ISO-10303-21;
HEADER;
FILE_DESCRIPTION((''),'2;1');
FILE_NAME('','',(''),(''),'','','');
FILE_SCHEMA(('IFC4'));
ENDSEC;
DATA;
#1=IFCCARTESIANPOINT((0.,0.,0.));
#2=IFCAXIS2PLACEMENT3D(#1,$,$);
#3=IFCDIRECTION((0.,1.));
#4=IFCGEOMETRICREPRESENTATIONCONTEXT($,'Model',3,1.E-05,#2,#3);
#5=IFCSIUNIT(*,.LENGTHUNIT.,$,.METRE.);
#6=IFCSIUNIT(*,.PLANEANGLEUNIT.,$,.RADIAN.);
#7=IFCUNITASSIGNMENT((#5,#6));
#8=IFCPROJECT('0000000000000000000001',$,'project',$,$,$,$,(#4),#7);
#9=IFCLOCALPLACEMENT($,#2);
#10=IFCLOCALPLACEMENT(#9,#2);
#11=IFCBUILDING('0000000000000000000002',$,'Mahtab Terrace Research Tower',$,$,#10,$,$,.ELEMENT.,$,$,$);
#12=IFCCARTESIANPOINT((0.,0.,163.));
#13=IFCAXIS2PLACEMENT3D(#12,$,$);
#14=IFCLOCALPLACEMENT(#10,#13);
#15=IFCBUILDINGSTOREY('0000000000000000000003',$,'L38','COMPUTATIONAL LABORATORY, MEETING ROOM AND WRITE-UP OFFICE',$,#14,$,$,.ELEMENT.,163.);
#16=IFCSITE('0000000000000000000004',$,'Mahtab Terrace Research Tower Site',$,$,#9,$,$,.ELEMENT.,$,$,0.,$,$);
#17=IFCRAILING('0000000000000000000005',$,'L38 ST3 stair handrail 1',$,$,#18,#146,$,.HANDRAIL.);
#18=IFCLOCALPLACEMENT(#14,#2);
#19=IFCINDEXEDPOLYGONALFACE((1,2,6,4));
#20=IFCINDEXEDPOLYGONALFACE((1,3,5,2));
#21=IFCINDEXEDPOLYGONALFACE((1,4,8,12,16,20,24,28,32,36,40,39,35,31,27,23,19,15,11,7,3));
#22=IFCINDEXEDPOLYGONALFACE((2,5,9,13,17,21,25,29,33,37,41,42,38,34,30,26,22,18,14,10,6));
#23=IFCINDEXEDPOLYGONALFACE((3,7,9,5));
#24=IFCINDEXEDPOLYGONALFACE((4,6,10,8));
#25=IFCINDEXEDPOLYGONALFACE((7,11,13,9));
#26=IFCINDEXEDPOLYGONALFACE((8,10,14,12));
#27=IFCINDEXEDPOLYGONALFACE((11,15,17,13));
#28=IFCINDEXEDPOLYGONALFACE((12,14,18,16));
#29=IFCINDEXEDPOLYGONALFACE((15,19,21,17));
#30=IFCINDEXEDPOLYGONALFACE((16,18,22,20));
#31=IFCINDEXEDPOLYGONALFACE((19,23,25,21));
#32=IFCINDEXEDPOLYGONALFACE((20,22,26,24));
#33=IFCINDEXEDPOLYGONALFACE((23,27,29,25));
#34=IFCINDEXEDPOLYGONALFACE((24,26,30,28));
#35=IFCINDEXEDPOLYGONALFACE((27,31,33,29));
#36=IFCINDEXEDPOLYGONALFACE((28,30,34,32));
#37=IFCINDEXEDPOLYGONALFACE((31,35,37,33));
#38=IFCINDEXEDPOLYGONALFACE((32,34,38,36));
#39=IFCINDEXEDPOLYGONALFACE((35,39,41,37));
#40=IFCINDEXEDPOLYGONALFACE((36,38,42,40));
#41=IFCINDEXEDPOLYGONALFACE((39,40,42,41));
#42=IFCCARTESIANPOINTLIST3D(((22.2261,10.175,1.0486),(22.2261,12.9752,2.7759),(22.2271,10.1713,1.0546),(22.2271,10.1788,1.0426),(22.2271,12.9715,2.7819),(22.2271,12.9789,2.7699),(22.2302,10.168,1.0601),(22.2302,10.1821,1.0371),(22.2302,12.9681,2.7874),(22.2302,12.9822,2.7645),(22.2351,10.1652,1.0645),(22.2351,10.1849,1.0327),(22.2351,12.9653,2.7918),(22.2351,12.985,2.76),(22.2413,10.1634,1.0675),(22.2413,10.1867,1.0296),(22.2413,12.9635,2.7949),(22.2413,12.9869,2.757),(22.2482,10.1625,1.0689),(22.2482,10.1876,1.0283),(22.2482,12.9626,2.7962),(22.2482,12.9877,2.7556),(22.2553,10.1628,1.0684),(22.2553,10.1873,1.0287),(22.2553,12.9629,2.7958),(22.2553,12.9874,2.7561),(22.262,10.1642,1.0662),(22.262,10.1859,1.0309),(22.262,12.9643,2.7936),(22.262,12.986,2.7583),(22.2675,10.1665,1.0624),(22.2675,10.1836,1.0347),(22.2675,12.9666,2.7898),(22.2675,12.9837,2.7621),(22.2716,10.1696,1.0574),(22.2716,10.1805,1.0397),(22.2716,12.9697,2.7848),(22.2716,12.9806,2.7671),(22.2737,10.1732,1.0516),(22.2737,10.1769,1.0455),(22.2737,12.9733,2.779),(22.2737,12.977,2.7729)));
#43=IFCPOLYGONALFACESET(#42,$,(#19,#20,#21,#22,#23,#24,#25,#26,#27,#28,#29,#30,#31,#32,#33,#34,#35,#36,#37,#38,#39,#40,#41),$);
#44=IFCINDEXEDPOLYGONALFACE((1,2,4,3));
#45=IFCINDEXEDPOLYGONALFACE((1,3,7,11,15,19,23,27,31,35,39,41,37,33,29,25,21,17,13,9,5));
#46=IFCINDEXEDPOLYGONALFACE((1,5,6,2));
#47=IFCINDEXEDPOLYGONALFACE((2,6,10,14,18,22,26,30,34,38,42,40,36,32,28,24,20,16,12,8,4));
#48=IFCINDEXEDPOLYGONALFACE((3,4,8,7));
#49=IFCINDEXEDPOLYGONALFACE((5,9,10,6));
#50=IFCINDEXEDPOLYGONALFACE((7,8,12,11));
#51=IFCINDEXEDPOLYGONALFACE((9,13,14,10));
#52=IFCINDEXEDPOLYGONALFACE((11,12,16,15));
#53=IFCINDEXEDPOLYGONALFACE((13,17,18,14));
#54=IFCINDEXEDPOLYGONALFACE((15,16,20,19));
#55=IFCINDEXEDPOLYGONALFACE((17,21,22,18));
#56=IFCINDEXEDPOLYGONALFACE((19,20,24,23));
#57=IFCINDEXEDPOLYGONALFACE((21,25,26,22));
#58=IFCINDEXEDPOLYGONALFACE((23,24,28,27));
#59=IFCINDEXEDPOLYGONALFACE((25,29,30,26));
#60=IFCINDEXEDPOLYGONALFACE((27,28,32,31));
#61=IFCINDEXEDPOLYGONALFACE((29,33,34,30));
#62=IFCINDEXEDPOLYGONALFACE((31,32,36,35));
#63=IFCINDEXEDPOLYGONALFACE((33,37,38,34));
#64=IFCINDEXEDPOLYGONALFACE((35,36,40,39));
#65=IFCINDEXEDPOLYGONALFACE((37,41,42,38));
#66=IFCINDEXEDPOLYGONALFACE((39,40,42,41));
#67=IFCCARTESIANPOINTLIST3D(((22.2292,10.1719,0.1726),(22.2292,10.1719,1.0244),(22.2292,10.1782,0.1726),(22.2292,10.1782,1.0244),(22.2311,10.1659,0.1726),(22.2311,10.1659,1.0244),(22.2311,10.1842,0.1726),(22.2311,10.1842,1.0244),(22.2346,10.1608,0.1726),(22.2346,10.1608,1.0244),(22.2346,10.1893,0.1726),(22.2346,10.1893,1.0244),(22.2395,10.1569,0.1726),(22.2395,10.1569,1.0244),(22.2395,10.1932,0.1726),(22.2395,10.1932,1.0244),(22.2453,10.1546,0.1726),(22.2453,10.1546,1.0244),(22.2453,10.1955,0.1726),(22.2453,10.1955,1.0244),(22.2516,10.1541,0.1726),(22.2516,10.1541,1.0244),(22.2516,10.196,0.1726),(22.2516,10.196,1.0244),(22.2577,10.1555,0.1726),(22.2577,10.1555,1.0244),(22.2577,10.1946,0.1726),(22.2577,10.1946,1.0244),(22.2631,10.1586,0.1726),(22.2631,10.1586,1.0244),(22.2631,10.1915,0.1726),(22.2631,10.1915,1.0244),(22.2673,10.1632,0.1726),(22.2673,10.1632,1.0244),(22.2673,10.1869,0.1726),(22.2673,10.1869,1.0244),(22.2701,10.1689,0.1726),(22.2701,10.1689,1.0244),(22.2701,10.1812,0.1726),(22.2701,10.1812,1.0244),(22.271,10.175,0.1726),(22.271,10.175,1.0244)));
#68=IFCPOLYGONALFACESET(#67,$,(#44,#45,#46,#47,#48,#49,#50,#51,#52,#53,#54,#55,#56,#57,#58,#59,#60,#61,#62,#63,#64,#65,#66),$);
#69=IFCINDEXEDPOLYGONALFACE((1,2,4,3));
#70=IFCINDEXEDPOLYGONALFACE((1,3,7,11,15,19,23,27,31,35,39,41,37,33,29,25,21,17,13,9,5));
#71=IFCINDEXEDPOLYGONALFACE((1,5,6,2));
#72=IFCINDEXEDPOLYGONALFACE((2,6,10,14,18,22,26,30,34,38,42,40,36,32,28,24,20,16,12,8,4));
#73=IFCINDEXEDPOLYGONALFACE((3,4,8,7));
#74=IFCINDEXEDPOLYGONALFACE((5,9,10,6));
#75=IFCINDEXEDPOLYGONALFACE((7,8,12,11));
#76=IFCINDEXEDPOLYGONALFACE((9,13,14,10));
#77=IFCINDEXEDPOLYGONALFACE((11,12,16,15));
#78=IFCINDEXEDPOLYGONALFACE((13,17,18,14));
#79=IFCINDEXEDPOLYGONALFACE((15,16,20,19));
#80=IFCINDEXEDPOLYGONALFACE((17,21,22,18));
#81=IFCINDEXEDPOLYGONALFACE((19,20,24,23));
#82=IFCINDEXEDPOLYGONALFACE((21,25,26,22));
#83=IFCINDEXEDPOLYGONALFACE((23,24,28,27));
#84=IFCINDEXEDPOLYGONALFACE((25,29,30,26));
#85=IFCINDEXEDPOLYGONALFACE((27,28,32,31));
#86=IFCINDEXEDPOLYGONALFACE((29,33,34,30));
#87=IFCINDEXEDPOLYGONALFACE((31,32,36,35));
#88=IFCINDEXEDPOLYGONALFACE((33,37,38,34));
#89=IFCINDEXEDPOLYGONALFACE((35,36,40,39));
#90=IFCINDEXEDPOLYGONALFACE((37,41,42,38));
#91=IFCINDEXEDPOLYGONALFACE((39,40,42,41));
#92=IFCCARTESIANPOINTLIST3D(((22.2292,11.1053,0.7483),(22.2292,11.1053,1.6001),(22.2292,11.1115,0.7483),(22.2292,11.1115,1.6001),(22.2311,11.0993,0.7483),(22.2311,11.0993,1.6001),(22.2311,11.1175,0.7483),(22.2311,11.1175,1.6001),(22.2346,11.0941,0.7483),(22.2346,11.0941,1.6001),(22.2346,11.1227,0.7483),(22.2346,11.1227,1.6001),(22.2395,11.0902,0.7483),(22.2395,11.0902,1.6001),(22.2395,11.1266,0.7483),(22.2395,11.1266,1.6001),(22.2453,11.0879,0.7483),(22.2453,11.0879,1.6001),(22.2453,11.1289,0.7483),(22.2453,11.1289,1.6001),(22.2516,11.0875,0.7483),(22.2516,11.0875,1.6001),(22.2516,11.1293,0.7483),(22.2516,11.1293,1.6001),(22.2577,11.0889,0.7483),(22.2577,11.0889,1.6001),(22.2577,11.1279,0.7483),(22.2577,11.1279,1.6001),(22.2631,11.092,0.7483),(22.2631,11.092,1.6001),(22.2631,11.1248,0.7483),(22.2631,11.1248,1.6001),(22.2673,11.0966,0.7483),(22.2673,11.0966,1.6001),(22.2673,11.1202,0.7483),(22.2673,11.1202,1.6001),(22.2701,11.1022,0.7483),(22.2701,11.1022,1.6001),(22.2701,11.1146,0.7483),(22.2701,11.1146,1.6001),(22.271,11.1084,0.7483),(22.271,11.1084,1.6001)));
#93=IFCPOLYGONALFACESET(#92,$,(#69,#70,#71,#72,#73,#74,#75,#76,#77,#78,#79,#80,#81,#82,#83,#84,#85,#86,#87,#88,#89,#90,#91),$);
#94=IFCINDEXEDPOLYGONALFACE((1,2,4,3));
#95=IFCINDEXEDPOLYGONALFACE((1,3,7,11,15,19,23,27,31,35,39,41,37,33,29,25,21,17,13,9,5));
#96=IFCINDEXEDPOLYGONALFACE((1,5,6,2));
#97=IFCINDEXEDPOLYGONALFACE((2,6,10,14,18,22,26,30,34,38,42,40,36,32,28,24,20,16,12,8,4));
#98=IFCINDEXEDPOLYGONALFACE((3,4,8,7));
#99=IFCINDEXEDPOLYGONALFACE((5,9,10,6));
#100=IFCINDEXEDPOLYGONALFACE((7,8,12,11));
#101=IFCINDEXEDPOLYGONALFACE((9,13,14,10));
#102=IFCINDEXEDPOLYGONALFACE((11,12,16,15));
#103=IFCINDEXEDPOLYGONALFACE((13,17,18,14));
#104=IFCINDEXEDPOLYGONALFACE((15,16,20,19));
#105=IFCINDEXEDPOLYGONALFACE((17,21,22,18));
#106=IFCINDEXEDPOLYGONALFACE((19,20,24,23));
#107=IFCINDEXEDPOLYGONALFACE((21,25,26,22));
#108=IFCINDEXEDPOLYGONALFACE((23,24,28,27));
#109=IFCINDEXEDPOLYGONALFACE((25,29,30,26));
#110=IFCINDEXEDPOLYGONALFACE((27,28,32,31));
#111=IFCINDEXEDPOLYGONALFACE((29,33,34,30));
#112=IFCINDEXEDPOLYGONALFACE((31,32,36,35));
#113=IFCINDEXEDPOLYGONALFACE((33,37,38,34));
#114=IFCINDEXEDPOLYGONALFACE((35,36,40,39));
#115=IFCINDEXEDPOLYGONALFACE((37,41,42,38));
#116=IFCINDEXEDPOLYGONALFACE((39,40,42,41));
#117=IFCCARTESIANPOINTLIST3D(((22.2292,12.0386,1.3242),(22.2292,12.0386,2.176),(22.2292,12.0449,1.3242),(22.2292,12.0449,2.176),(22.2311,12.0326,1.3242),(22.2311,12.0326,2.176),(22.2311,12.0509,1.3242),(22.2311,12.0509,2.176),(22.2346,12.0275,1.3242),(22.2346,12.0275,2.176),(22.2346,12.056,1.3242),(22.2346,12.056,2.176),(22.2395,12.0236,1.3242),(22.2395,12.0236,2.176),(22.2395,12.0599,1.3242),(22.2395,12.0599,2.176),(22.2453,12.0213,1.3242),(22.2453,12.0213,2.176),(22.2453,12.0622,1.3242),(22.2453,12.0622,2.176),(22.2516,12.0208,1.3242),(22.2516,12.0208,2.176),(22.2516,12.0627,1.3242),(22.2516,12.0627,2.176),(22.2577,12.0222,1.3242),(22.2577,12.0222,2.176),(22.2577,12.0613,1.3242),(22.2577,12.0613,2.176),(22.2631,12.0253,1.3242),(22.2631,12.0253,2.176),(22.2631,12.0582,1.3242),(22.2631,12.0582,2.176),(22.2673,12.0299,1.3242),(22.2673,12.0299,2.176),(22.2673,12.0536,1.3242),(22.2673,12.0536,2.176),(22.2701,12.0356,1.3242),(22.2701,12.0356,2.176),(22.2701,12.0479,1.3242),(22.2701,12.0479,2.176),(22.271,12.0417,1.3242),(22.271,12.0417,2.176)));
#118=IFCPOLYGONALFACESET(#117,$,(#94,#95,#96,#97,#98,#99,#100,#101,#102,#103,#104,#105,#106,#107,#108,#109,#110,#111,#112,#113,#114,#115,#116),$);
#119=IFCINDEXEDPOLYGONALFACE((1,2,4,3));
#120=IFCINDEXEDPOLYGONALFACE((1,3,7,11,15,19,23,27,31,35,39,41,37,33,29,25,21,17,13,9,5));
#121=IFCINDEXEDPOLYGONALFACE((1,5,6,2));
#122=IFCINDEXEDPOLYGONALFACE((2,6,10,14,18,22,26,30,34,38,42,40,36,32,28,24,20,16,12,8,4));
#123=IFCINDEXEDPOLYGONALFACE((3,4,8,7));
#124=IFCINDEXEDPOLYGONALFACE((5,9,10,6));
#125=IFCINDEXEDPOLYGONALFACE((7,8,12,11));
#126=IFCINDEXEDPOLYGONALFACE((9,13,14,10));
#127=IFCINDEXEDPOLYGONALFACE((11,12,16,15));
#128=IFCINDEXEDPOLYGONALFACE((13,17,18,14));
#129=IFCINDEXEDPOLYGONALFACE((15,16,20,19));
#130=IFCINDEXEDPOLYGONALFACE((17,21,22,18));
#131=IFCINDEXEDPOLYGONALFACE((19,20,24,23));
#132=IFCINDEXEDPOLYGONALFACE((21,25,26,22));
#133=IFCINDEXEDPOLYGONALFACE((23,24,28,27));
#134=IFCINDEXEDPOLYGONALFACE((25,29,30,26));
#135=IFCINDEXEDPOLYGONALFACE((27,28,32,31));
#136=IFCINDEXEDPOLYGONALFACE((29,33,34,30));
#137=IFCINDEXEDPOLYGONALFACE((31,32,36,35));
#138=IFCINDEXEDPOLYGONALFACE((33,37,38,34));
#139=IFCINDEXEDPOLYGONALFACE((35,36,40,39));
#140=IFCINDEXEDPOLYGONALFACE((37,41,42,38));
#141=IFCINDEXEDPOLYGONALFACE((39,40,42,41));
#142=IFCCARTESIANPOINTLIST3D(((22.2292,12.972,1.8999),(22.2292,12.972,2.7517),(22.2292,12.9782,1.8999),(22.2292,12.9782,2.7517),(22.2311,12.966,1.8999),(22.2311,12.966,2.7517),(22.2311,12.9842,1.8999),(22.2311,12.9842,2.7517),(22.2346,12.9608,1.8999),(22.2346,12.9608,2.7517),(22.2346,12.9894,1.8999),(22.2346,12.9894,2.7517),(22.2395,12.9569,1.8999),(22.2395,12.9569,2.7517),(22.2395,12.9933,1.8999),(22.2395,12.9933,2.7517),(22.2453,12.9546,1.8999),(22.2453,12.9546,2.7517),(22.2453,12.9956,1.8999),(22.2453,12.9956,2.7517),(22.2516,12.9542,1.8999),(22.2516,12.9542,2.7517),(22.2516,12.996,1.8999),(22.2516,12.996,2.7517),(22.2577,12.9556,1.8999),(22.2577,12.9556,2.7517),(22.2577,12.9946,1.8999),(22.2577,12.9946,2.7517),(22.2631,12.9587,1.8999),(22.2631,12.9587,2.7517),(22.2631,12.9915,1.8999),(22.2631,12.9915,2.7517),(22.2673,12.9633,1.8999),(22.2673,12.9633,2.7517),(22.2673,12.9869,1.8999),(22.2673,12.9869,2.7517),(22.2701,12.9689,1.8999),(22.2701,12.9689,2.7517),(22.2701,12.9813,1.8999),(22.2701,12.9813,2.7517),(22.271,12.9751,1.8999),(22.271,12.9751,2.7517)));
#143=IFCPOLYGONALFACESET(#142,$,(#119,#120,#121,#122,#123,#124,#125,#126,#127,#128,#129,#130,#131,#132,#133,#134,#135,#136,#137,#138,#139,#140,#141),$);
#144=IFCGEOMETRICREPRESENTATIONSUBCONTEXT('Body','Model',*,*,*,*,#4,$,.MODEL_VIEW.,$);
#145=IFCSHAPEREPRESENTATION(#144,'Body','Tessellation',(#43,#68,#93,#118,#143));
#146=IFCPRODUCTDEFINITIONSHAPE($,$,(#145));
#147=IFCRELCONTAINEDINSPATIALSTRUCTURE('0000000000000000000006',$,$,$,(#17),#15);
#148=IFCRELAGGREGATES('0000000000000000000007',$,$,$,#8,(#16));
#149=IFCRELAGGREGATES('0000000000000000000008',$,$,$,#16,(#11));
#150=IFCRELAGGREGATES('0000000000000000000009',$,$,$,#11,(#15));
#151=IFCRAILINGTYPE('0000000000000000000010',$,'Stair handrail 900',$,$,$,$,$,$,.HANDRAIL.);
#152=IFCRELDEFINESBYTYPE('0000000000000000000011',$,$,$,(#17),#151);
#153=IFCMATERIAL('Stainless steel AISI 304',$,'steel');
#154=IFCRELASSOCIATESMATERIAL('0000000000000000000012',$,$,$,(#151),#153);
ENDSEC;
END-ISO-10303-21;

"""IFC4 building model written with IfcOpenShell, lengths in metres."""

from ifc_helpers import new_model, si_unit, direction, frame, origin, origin_2d, place, context, subcontext, project, spatial, circle, extrude, material, type_object, element, save


model = new_model("IFC4")

# Units and contexts
model_context = context("Model", 3, precision=1e-05, world=origin(), true_north=direction((0.0, 1.0)))
body_context = subcontext(model_context, "Body", "Model", "MODEL_VIEW")
ifc_project = project(units=[si_unit("LENGTHUNIT", "METRE"), si_unit("PLANEANGLEUNIT", "RADIAN")], contexts=[model_context])

# Site, building, storey
site_placement = place(None, origin())
site = spatial("IfcSite", under=ifc_project, at=site_placement, Name="Mahtab Terrace Research Tower Site", CompositionType="ELEMENT", RefElevation=0.0)
building_placement = place(site_placement, origin())
building = spatial("IfcBuilding", under=site, at=building_placement, Name="Mahtab Terrace Research Tower", CompositionType="ELEMENT")
storey_placement = place(building_placement, frame((0.0, 0.0, 163.0)))
storey = spatial("IfcBuildingStorey", under=building, at=storey_placement, Name="L38", Description="COMPUTATIONAL LABORATORY, MEETING ROOM AND WRITE-UP OFFICE", CompositionType="ELEMENT", Elevation=163.0)

# Railing
ifc_material_1 = material(Name="Stainless steel AISI 304", Category="steel")
railing_type_1 = type_object("IfcRailingType", Name="Stair handrail 900", PredefinedType="HANDRAIL", material=ifc_material_1)
railing_1_placement = place(storey_placement, frame((22.25, 10.175, 0.1726)))
element("IfcRailing", 1, at=railing_1_placement, inside=storey, type_object=railing_type_1, Name="L38 ST3 stair handrail 1", PredefinedType="HANDRAIL", context=body_context, shape_type="SweptSolid", body=[
    extrude(circle(Radius=0.0239, at=origin_2d()), frame((0.0, 0.0, 0.876), z_axis=(0.0, 0.85109, 0.52502), x_axis=(-1.0, 0.0, 0.0)), (0.0, 0.0, 1.0), 3.29),
    extrude(circle(Radius=0.021, at=origin_2d()), origin(), (0.0, 0.0, 1.0), 0.8518),
    extrude(circle(Radius=0.021, at=origin_2d()), frame((0.0, 0.9333, 0.5757)), (0.0, 0.0, 1.0), 0.8518),
    extrude(circle(Radius=0.021, at=origin_2d()), frame((0.0, 1.8667, 1.1516)), (0.0, 0.0, 1.0), 0.8518),
    extrude(circle(Radius=0.021, at=origin_2d()), frame((0.0, 2.8, 1.7273)), (0.0, 0.0, 1.0), 0.8518),
])

save(model, "model.ifc")
